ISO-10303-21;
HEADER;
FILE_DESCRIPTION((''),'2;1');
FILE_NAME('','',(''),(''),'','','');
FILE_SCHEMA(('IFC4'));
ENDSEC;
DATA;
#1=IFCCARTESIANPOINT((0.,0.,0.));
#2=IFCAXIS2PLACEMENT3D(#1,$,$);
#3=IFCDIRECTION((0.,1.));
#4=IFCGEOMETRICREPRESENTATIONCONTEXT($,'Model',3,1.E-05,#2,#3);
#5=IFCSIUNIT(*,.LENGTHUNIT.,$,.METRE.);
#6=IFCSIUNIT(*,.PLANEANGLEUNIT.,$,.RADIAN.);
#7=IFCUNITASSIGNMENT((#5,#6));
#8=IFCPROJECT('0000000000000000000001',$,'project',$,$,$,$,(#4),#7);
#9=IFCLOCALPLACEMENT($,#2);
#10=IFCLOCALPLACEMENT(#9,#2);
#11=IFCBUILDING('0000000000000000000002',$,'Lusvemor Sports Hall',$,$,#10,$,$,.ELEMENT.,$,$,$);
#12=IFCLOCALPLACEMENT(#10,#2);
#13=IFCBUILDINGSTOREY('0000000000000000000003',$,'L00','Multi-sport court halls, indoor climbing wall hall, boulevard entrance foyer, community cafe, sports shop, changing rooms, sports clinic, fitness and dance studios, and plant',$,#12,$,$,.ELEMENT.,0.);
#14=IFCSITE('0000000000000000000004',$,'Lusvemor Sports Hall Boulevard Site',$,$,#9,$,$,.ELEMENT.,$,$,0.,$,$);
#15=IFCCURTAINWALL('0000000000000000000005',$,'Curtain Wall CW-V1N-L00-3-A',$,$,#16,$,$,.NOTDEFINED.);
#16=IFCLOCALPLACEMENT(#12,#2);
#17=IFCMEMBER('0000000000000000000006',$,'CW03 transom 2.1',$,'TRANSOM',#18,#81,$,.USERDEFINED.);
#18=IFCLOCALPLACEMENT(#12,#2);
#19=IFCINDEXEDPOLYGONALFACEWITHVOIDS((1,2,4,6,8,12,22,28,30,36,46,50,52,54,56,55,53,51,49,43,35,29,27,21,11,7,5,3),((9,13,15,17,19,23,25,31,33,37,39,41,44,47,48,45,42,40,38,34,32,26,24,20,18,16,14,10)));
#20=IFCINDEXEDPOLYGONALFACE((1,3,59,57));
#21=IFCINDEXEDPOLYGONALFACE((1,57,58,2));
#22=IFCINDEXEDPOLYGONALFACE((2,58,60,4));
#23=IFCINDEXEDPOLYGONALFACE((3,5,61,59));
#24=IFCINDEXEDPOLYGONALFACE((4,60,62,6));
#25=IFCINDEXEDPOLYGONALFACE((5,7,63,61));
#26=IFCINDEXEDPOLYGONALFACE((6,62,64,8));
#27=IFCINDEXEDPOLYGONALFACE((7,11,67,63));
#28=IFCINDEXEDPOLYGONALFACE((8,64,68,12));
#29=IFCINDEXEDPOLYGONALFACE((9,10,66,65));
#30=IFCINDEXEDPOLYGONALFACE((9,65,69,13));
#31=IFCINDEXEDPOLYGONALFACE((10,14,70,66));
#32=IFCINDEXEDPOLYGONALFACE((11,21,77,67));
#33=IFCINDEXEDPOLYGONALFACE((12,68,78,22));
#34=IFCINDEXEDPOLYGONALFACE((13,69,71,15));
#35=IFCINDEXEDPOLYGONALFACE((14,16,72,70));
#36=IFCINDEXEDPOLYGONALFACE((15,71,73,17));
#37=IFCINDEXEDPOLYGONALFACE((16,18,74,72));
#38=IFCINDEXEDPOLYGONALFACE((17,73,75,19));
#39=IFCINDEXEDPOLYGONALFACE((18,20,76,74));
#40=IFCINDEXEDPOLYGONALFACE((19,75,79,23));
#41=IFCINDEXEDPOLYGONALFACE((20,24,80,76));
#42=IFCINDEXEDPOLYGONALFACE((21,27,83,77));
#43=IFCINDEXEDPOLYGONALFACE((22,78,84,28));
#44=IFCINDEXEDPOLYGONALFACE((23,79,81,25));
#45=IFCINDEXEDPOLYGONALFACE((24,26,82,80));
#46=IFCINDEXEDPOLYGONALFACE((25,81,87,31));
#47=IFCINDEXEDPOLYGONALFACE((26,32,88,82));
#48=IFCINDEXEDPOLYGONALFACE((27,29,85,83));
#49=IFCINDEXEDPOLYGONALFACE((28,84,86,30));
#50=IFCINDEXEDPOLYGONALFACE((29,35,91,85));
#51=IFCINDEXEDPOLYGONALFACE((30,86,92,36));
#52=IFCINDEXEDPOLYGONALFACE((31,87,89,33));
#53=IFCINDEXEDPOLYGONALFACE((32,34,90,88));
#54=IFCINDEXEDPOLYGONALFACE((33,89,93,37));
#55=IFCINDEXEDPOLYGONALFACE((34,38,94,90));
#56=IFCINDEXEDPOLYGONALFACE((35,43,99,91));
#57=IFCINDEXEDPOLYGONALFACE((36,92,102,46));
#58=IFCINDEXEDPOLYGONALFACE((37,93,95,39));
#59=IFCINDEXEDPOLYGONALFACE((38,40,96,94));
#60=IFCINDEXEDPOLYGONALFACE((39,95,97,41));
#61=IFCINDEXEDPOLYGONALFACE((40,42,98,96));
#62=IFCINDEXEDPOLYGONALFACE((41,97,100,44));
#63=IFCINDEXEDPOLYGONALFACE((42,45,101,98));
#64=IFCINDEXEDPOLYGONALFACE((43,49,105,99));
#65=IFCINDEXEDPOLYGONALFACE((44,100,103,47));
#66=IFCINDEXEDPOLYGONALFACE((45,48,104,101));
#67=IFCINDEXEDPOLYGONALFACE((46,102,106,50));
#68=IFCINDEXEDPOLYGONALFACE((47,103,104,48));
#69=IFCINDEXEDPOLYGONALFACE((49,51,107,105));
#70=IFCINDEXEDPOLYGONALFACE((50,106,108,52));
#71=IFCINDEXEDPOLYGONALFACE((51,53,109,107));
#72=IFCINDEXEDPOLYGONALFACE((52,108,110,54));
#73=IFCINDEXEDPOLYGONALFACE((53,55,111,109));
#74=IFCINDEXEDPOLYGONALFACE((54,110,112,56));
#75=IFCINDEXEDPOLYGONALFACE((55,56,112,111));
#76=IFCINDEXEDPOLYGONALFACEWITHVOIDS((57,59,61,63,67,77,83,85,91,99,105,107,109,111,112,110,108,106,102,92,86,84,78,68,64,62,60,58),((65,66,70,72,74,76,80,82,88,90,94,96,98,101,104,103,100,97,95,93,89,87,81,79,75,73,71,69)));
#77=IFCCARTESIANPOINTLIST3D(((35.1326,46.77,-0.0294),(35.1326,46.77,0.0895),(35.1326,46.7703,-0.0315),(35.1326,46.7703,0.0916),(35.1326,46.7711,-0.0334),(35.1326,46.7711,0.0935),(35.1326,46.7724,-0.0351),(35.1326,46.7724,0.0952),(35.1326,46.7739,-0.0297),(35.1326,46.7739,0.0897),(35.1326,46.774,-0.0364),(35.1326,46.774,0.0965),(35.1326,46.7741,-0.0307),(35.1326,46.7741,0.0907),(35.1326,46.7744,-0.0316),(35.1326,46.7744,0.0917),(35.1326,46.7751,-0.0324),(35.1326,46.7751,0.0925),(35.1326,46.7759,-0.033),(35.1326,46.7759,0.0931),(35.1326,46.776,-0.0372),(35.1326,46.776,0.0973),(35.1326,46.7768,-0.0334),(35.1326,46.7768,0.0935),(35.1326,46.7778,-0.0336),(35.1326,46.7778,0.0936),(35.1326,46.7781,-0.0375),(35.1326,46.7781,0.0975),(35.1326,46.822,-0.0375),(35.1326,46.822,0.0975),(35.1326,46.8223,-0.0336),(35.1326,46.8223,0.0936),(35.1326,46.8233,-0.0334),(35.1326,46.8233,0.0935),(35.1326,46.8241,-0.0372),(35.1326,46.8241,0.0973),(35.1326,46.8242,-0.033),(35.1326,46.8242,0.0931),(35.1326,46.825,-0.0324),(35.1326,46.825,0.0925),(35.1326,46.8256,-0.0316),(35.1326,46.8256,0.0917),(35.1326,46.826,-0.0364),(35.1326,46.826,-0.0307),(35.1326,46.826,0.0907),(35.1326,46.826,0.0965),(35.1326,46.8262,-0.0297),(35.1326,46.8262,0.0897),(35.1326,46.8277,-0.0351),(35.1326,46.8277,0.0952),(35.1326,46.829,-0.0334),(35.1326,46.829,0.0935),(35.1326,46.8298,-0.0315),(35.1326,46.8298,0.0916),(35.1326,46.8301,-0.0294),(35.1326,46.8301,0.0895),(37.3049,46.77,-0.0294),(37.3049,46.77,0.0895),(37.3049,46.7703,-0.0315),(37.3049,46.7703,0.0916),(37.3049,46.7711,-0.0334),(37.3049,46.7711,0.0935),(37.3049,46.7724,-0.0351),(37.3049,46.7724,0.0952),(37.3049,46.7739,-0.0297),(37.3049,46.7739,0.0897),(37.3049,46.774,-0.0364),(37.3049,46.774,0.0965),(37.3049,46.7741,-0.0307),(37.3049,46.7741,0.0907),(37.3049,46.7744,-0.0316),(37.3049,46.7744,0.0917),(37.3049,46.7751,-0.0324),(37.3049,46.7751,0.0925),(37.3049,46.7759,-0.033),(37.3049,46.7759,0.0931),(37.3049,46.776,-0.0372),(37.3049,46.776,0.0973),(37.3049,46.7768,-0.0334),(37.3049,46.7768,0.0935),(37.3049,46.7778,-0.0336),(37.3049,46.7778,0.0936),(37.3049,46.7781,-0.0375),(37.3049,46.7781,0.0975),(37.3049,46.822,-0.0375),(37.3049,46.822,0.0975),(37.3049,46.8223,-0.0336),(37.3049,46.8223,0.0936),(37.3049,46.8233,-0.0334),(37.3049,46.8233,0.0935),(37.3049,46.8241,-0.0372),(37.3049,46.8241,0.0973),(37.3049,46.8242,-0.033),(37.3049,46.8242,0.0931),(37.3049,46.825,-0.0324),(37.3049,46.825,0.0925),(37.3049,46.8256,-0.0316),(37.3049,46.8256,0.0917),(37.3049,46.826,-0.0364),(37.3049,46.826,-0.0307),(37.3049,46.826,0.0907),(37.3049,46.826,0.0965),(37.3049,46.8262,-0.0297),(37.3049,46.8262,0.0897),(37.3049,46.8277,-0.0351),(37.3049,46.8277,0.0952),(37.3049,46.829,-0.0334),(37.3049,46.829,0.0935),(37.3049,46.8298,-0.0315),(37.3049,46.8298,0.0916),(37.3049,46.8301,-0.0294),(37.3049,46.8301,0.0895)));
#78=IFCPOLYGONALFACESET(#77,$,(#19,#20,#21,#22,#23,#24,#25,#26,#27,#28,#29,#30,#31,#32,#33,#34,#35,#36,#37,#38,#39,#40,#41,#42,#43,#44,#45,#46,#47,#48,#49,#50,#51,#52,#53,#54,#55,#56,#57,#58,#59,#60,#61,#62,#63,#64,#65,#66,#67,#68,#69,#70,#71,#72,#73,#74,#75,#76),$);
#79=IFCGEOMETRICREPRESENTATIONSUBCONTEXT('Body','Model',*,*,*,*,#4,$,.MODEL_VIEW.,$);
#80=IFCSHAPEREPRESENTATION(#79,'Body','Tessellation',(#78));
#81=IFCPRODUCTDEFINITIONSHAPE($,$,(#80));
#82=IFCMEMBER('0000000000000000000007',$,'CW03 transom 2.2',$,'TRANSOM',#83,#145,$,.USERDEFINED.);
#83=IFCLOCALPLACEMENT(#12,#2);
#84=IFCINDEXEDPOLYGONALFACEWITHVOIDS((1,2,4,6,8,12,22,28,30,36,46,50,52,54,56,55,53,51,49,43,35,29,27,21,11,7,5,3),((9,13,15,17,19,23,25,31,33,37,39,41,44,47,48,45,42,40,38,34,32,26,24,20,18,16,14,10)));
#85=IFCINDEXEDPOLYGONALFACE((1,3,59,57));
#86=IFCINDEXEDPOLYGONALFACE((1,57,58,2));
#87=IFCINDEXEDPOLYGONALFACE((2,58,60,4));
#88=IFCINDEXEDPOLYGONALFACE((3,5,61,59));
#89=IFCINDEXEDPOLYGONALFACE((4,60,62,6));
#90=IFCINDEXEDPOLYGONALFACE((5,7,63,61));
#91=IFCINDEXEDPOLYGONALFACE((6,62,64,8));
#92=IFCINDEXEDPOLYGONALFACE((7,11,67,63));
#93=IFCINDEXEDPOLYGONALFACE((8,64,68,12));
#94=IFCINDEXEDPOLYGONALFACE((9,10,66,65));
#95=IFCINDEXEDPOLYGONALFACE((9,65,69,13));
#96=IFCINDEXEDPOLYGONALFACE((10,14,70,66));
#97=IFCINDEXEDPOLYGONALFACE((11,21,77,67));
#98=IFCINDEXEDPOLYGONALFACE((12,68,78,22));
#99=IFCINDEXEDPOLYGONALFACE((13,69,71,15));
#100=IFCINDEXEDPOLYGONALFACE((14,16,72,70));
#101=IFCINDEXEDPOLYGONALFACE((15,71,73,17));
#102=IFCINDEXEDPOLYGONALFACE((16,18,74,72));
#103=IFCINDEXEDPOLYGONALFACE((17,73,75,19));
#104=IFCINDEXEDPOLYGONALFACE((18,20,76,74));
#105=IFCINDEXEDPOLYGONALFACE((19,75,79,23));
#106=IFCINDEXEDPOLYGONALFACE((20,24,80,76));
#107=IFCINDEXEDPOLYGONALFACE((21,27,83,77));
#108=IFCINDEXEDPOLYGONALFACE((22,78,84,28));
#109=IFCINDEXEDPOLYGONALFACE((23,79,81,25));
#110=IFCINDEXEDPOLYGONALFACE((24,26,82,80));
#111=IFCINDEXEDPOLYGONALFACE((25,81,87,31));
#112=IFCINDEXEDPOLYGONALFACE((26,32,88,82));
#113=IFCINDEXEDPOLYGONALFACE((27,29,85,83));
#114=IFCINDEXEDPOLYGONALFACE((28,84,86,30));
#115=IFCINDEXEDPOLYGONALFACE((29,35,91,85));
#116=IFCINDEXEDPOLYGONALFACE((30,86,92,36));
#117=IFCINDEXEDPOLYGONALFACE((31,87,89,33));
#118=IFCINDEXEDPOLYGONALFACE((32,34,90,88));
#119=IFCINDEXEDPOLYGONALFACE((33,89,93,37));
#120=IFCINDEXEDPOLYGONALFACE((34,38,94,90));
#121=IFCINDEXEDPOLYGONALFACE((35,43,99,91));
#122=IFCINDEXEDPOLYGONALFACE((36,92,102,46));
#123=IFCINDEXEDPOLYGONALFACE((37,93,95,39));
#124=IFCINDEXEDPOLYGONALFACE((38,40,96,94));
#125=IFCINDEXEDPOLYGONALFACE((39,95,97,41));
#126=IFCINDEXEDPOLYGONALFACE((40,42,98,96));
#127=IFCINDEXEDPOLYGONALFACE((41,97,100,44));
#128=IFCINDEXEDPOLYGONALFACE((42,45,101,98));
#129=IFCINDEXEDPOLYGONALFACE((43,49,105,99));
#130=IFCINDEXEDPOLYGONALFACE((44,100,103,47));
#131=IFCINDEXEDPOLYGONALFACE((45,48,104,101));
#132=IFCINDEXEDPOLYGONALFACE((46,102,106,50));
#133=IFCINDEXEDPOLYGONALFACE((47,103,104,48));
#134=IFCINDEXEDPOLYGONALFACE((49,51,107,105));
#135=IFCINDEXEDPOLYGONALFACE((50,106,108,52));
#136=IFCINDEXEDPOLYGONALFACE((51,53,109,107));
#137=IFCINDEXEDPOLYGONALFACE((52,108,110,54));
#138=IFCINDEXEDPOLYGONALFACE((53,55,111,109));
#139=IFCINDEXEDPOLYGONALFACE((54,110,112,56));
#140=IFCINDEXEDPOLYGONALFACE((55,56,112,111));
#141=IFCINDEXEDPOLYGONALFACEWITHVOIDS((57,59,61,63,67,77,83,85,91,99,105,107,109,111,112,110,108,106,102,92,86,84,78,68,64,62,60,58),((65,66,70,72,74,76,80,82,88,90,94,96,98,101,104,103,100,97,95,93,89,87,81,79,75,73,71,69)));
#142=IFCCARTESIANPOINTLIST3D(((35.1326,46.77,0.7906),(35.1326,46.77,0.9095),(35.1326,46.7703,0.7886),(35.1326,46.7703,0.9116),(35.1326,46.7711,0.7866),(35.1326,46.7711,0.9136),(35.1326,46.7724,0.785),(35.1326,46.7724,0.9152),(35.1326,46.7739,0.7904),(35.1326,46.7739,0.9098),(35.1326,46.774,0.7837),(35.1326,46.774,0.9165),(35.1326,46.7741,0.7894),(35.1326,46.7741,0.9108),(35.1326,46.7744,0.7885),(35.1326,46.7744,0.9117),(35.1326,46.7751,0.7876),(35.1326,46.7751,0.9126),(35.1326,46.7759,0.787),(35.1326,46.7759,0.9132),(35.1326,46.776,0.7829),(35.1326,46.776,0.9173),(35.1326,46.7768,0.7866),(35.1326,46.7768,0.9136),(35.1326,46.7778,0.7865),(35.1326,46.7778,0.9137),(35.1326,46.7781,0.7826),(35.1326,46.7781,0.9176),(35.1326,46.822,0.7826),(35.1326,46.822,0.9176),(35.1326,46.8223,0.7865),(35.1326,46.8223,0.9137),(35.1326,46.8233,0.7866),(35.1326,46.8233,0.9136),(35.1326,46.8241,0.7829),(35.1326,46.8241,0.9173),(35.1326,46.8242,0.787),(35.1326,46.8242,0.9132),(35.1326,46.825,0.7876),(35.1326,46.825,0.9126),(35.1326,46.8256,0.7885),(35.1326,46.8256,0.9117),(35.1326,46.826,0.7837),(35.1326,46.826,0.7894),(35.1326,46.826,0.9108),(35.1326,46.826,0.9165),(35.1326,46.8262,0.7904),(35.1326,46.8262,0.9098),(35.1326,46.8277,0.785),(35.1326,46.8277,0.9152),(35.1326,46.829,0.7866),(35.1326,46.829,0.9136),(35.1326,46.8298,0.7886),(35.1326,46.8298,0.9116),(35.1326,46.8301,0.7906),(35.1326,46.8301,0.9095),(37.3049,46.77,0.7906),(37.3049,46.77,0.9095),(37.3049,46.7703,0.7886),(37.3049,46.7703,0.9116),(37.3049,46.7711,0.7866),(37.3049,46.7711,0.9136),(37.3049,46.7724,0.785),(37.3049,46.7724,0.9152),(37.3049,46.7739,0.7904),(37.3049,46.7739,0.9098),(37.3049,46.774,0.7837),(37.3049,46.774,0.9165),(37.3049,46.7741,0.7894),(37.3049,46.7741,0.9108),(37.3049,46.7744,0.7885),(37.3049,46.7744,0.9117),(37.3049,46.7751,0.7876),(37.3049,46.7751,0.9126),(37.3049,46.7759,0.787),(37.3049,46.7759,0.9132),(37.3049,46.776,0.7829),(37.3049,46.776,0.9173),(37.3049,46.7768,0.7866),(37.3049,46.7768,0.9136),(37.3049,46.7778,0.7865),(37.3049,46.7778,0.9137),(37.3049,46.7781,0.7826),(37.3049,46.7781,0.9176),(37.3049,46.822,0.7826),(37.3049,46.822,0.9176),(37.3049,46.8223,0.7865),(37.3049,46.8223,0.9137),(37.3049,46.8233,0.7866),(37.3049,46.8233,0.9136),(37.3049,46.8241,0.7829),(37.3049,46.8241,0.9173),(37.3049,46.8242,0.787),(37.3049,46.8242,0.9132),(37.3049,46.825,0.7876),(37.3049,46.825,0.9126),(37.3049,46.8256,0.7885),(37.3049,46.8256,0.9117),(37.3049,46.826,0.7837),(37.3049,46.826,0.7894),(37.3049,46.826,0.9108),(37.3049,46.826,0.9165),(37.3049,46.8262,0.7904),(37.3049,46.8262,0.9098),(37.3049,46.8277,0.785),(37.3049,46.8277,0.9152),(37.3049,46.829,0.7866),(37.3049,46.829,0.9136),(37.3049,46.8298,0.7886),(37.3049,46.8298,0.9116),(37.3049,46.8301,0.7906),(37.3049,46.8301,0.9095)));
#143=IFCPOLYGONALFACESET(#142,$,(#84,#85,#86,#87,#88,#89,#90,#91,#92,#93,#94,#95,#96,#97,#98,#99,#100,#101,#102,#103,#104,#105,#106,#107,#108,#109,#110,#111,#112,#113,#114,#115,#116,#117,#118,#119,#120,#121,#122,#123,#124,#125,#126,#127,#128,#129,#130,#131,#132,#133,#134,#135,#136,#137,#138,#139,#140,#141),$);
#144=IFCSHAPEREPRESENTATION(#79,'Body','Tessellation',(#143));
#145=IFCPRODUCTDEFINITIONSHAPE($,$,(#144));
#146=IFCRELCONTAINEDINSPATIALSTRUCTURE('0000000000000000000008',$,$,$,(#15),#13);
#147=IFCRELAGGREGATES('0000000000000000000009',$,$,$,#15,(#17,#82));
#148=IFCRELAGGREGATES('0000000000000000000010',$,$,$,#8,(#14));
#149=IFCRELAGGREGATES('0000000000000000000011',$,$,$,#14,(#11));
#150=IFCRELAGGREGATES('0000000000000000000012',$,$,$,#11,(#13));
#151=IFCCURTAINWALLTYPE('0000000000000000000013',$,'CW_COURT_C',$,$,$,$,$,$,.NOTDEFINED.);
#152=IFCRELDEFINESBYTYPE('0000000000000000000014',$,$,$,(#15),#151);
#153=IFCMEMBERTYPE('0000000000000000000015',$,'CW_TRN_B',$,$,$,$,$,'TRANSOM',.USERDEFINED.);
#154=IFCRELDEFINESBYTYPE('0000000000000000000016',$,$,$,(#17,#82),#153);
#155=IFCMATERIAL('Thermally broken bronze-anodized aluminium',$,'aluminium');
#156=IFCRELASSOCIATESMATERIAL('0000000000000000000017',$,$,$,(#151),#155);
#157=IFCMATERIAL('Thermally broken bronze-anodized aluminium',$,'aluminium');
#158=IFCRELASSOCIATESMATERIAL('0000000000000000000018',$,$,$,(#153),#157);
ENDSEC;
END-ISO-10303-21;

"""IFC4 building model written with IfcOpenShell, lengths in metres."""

from ifc_helpers import new_model, si_unit, direction, frame, origin, origin_2d, place, context, subcontext, project, spatial, hollow_rectangle, extrude, material, material_profile, profile_set, type_object, element, aggregate, save


model = new_model("IFC4")

# Units and contexts
model_context = context("Model", 3, precision=1e-05, world=origin(), true_north=direction((0.0, 1.0)))
body_context = subcontext(model_context, "Body", "Model", "MODEL_VIEW")
ifc_project = project(units=[si_unit("LENGTHUNIT", "METRE"), si_unit("PLANEANGLEUNIT", "RADIAN")], contexts=[model_context])

# Site, building, storey
site_placement = place(None, origin())
site = spatial("IfcSite", under=ifc_project, at=site_placement, Name="Lusvemor Sports Hall Boulevard Site", CompositionType="ELEMENT", RefElevation=0.0)
building_placement = place(site_placement, origin())
building = spatial("IfcBuilding", under=site, at=building_placement, Name="Lusvemor Sports Hall", CompositionType="ELEMENT")
storey_placement = place(building_placement, origin())
storey = spatial("IfcBuildingStorey", under=building, at=storey_placement, Name="L00", Description="Multi-sport court halls, indoor climbing wall hall, boulevard entrance foyer, community cafe, sports shop, changing rooms, sports clinic, fitness and dance studios, and plant", CompositionType="ELEMENT", Elevation=0.0)

# Curtain wall
ifc_material_1 = material(Name="Thermally broken bronze-anodized aluminium", Category="aluminium")
curtain_wall_type = type_object("IfcCurtainWallType", Name="CW_COURT_C", PredefinedType="NOTDEFINED", material=ifc_material_1)
curtain_wall_1_placement = place(storey_placement, origin())
curtain_wall_1 = element("IfcCurtainWall", 1, at=curtain_wall_1_placement, inside=storey, type_object=curtain_wall_type, Name="Curtain Wall CW-V1N-L00-3-A", PredefinedType="NOTDEFINED")

# Members
ifc_material_2 = material(Name="Thermally broken bronze-anodized aluminium", Category="aluminium")
ifc_material_profile_1 = material_profile(ifc_material_2, hollow_rectangle(XDim=0.0601, YDim=0.135, WallThickness=0.0039, InnerFilletRadius=0.0039, OuterFilletRadius=0.0081, at=origin_2d()), Name="CWTRN135x60x4")
ifc_profile_set_1 = profile_set([ifc_material_profile_1], Name="Thermally broken bronze-anodized aluminium")
member_type_1 = type_object("IfcMemberType", Name="CW_TRN_B", ElementType="TRANSOM", PredefinedType="USERDEFINED", material=ifc_profile_set_1)
member_1_placement = place(storey_placement, frame((35.1326, 46.8, 0.03), z_axis=(1.0, 0.0, 0.0), x_axis=(0.0, 1.0, 0.0)))
member_1 = element("IfcMember", 2, at=member_1_placement, type_object=member_type_1, Name="CW03 transom 2.1", ObjectType="TRANSOM", PredefinedType="USERDEFINED", context=body_context, shape_type="SweptSolid", body=[
    extrude(hollow_rectangle(XDim=0.0601, YDim=0.135, WallThickness=0.0039, InnerFilletRadius=0.0039, OuterFilletRadius=0.0081, at=origin_2d()), origin(), (0.0, 0.0, 1.0), 2.1724),
])
member_2_placement = place(storey_placement, frame((35.1326, 46.8, 0.8501), z_axis=(1.0, 0.0, 0.0), x_axis=(0.0, 1.0, 0.0)))
member_2 = element("IfcMember", 3, at=member_2_placement, type_object=member_type_1, Name="CW03 transom 2.2", ObjectType="TRANSOM", PredefinedType="USERDEFINED", context=body_context, shape_type="SweptSolid", body=[
    extrude(hollow_rectangle(XDim=0.0601, YDim=0.135, WallThickness=0.0039, InnerFilletRadius=0.0039, OuterFilletRadius=0.0081, at=origin_2d()), origin(), (0.0, 0.0, 1.0), 2.1724),
])

aggregate(curtain_wall_1, [member_1, member_2])

save(model, "model.ifc")
